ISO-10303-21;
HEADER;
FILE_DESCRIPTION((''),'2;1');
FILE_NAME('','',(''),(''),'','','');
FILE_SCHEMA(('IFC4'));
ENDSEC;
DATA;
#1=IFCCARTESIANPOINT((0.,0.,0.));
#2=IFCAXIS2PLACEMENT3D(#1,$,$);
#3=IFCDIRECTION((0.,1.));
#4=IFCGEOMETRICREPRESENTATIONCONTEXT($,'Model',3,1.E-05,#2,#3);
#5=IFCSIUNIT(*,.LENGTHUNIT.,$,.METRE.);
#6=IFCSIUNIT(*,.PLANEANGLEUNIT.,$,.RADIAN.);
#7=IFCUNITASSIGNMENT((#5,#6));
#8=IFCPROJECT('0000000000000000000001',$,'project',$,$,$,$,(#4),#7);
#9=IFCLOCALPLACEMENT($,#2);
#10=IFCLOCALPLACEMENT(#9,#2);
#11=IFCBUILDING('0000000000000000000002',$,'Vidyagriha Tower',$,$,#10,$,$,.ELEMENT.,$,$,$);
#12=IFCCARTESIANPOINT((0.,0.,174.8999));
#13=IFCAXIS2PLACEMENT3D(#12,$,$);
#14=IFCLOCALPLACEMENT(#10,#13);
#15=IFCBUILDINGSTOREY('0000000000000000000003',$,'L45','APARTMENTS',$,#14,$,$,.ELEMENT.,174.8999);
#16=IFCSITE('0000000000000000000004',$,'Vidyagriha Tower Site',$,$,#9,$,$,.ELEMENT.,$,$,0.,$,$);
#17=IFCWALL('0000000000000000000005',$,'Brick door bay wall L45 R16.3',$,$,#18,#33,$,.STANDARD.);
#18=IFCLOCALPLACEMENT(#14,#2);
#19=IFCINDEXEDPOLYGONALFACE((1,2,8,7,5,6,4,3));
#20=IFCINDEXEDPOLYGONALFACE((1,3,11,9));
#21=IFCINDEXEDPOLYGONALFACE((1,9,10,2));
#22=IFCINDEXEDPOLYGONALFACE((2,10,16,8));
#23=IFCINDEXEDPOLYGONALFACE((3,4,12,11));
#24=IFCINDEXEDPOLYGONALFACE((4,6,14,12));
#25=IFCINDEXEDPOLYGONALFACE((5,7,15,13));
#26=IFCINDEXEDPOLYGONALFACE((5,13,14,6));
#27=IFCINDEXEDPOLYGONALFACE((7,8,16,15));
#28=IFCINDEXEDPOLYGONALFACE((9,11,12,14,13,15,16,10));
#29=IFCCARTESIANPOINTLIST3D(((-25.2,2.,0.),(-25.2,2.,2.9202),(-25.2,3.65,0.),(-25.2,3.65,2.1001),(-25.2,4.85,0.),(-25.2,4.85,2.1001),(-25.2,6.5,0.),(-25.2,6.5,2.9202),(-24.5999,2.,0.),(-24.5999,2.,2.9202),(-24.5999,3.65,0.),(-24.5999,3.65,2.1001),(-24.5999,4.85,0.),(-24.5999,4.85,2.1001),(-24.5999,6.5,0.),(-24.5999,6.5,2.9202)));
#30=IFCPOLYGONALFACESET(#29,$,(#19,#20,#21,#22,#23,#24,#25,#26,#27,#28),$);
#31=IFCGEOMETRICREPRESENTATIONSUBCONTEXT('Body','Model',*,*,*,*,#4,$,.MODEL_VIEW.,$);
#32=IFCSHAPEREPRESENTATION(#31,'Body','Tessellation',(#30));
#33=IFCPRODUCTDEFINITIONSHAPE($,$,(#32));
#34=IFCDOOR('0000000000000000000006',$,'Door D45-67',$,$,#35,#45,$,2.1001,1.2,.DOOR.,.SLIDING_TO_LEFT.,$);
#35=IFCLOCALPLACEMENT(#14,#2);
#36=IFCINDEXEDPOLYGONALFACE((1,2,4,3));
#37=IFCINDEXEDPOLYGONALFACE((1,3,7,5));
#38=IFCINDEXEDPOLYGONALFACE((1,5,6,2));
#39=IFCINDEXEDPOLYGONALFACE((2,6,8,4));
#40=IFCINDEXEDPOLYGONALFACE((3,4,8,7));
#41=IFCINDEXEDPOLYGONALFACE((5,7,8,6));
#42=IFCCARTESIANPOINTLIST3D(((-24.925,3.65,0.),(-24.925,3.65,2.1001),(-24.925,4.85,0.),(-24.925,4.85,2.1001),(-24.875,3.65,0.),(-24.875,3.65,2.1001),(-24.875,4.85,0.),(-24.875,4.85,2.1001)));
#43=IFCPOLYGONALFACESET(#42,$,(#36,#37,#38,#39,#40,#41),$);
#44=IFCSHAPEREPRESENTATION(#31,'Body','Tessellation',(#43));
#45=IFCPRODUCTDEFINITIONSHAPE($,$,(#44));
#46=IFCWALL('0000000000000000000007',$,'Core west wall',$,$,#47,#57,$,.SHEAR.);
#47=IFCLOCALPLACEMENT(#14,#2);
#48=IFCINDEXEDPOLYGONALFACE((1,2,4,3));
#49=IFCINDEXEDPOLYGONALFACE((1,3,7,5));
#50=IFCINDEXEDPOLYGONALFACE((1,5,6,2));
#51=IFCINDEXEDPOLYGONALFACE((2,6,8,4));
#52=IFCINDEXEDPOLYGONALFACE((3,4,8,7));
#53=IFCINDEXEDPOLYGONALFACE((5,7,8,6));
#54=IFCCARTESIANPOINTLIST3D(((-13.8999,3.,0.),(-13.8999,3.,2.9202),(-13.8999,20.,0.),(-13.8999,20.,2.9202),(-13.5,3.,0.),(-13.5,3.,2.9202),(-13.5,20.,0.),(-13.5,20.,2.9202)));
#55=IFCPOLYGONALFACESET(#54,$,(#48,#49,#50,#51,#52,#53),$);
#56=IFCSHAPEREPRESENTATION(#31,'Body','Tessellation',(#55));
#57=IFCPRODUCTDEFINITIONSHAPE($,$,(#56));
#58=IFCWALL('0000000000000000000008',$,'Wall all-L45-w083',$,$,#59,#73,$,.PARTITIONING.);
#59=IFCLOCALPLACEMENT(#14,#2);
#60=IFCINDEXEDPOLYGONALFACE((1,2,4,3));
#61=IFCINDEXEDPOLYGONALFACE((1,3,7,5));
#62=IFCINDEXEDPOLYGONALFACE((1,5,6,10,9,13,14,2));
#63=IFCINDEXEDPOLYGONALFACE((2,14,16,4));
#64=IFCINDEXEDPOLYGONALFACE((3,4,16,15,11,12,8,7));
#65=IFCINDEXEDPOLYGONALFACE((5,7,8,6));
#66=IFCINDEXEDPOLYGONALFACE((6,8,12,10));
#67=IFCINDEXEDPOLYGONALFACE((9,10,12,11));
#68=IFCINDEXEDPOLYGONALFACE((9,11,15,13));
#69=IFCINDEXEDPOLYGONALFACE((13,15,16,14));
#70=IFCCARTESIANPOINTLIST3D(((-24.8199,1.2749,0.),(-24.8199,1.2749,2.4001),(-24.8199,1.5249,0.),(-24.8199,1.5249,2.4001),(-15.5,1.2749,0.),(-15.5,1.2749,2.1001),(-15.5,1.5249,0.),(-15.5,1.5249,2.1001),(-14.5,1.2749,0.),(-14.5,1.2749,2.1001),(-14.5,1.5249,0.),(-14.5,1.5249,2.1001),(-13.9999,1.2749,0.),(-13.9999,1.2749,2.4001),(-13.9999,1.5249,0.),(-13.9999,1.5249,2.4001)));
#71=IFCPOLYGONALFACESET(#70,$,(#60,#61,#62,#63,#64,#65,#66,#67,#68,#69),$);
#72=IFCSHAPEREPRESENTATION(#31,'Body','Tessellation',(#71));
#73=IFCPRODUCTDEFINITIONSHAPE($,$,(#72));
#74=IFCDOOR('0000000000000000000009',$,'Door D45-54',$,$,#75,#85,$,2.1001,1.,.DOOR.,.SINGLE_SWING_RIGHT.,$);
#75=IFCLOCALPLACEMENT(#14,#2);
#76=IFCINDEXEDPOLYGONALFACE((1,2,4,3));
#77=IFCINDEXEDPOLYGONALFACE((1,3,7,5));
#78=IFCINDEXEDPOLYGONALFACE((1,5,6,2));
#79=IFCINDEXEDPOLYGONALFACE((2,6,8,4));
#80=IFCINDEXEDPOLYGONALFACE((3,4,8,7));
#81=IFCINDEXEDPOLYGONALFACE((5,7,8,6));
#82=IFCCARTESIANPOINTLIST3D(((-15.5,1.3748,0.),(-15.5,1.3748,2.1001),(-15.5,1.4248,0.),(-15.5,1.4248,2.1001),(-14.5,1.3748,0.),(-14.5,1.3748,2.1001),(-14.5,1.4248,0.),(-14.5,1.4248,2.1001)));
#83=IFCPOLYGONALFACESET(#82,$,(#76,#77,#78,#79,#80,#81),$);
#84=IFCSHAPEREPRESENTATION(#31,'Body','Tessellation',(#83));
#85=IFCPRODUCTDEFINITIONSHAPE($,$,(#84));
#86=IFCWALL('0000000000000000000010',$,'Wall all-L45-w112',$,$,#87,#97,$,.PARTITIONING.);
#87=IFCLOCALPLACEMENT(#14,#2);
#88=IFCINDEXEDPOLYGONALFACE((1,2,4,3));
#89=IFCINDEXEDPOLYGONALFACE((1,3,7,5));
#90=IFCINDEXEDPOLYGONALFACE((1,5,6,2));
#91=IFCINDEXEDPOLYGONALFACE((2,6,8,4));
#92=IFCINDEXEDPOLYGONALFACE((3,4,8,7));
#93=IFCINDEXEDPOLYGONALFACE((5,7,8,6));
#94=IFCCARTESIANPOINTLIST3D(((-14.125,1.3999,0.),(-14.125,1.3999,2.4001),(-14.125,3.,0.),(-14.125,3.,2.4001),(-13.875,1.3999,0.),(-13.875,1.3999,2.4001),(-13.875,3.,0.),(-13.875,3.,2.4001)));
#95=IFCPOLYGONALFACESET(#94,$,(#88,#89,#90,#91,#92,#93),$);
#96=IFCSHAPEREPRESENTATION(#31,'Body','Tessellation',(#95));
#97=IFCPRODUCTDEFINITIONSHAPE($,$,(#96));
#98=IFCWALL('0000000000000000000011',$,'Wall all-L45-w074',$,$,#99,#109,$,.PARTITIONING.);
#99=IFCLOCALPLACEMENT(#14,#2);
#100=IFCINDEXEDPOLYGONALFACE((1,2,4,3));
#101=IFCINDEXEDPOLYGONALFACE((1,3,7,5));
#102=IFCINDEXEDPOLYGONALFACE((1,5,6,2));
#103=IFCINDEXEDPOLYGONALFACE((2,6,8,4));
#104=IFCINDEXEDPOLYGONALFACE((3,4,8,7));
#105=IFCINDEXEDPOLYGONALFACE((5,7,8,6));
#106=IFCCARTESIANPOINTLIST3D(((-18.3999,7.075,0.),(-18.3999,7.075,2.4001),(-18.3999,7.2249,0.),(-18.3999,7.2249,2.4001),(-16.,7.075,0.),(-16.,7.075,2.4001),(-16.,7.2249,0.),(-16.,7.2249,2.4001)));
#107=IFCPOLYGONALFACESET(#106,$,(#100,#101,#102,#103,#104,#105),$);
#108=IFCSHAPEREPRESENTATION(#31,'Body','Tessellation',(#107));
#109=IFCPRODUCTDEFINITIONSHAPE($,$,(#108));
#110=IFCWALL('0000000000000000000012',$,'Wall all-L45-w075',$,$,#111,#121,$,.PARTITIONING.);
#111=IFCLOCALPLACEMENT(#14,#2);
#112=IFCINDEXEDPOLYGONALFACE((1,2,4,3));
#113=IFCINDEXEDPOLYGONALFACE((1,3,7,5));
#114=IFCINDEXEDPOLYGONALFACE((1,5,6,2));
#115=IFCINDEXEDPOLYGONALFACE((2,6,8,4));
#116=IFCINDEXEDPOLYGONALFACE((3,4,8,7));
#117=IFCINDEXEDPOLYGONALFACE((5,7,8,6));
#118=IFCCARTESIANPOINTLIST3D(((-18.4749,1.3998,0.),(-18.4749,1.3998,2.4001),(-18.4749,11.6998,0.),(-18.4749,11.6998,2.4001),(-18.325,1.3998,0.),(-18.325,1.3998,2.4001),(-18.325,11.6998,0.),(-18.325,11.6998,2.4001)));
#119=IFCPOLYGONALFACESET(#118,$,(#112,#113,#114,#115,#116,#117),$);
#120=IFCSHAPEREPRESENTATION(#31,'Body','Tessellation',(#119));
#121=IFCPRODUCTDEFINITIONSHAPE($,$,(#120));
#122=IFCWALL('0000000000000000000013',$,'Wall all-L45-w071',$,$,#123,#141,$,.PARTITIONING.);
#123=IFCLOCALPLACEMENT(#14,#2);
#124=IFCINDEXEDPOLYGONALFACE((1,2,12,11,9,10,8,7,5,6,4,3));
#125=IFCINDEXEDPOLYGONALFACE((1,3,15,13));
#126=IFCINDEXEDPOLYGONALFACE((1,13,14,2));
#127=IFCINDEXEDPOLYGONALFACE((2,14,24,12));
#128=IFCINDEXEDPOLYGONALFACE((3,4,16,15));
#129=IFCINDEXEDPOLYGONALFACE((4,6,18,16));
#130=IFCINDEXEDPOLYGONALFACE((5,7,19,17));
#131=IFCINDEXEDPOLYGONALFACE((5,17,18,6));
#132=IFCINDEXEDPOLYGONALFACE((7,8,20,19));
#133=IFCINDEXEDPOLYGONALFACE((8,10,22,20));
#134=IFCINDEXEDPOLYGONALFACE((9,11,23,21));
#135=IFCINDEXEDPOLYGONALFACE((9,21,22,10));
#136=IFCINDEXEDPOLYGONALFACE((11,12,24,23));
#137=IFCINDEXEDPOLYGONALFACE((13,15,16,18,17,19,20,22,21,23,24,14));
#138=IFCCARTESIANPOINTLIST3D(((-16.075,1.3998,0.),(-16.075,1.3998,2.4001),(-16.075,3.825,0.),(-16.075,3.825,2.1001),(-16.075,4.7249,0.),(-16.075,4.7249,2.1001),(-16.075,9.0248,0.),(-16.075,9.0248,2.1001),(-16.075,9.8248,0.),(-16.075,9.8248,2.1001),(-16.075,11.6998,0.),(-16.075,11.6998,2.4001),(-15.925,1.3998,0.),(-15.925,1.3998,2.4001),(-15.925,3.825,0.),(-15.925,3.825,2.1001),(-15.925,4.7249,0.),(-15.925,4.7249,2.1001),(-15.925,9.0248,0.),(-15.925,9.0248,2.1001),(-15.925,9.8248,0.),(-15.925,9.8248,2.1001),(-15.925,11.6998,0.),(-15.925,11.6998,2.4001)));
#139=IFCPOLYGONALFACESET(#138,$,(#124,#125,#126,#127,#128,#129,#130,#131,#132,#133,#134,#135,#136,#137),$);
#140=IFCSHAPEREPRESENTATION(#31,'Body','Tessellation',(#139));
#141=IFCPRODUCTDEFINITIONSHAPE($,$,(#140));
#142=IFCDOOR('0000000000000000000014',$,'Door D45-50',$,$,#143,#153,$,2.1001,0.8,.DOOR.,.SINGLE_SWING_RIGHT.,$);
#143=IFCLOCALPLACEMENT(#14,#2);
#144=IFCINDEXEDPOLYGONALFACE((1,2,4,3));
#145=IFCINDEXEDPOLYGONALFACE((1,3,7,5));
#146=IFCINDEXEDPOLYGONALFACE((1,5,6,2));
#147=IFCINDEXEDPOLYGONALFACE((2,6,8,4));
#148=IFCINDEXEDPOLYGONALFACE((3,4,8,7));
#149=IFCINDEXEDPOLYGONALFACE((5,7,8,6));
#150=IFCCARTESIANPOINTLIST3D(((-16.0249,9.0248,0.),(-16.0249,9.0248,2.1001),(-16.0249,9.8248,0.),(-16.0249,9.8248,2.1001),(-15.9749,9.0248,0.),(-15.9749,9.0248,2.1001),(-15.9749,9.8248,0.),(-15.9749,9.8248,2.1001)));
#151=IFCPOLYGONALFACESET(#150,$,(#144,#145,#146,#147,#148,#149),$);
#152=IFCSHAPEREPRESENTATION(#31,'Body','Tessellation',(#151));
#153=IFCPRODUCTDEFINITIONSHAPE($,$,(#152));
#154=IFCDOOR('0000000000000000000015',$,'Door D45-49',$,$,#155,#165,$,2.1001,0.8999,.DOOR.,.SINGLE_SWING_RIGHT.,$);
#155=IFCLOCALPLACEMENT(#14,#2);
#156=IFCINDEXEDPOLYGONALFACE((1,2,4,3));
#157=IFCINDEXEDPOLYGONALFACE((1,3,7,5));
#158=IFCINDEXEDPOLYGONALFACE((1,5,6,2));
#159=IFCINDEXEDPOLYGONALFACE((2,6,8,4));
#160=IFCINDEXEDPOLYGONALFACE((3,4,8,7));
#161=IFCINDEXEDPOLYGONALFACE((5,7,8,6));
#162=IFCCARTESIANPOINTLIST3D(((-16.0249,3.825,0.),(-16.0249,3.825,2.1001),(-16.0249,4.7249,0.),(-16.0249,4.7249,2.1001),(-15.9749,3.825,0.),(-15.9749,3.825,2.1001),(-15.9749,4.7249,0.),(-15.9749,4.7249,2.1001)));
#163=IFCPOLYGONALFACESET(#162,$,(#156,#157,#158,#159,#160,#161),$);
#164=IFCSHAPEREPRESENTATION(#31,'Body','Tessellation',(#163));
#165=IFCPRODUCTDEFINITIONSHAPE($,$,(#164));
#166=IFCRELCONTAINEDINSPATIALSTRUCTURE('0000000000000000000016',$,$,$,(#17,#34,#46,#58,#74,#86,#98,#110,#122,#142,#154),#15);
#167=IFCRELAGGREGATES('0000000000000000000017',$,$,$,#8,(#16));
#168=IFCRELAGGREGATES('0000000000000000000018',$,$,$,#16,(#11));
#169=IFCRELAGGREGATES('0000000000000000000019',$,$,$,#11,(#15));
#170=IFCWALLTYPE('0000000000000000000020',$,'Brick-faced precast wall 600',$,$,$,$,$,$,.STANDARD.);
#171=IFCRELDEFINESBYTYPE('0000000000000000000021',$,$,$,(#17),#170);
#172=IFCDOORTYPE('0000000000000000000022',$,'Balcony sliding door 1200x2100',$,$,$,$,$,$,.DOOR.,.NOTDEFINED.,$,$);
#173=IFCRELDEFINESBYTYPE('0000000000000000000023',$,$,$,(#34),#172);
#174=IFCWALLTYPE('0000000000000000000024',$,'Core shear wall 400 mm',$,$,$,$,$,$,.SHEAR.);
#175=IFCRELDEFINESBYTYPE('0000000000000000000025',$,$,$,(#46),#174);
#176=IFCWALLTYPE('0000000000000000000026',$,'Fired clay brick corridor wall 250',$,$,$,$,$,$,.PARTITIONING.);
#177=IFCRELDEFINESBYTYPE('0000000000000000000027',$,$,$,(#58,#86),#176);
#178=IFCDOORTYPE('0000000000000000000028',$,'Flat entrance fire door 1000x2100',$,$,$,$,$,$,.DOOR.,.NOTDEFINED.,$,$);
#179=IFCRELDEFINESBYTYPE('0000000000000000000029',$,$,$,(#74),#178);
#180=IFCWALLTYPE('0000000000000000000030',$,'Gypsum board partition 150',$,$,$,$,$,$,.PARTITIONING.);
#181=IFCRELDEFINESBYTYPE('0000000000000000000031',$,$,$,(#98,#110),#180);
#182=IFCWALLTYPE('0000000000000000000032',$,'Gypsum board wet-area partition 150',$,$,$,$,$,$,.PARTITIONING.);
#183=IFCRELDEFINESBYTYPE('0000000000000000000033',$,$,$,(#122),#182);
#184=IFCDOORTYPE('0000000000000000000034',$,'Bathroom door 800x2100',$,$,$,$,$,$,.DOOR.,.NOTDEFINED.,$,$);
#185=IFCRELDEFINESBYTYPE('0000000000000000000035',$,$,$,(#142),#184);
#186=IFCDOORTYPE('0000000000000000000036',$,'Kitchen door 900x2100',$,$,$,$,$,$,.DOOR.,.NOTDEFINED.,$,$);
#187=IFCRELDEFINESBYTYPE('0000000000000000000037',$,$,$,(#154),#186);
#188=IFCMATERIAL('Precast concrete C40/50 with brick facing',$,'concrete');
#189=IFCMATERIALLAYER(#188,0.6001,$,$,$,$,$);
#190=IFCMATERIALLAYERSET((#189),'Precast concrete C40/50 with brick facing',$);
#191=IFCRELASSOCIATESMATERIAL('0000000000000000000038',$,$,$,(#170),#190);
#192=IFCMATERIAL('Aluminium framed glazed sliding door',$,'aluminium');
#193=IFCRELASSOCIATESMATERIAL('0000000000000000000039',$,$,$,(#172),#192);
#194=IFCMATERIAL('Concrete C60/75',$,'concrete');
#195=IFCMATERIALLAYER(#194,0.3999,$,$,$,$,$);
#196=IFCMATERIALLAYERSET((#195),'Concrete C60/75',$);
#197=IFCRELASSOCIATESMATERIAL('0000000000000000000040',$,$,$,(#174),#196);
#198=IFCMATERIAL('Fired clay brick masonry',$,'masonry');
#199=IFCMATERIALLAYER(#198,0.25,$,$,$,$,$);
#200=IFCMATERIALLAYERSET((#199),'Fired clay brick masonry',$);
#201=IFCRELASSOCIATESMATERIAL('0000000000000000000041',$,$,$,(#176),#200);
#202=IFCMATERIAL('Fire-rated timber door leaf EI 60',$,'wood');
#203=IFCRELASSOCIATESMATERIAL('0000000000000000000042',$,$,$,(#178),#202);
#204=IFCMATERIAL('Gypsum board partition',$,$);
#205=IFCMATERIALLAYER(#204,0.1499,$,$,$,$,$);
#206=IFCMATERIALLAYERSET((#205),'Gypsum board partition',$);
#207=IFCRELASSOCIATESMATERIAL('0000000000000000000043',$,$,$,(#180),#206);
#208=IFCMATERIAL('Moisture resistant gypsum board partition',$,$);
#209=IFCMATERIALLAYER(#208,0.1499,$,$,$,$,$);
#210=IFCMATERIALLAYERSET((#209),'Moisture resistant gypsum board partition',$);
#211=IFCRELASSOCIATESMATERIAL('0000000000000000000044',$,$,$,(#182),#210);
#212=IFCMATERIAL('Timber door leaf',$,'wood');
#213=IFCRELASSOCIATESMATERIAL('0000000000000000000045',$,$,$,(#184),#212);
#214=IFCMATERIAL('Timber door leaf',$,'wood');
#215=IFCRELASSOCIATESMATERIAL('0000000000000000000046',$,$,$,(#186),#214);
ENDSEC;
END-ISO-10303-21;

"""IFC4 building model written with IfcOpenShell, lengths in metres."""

from ifc_helpers import new_model, si_unit, direction, frame, frame_2d, origin, place, context, subcontext, project, spatial, rectangle, extrude, material, layer, layer_set, type_object, element, fill, save


model = new_model("IFC4")

# Units and contexts
model_context = context("Model", 3, precision=1e-05, world=origin(), true_north=direction((0.0, 1.0)))
body_context = subcontext(model_context, "Body", "Model", "MODEL_VIEW")
ifc_project = project(units=[si_unit("LENGTHUNIT", "METRE"), si_unit("PLANEANGLEUNIT", "RADIAN")], contexts=[model_context])

# Site, building, storey
site_placement = place(None, origin())
site = spatial("IfcSite", under=ifc_project, at=site_placement, Name="Vidyagriha Tower Site", CompositionType="ELEMENT", RefElevation=0.0)
building_placement = place(site_placement, origin())
building = spatial("IfcBuilding", under=site, at=building_placement, Name="Vidyagriha Tower", CompositionType="ELEMENT")
storey_placement = place(building_placement, frame((0.0, 0.0, 174.8999)))
storey = spatial("IfcBuildingStorey", under=building, at=storey_placement, Name="L45", Description="APARTMENTS", CompositionType="ELEMENT", Elevation=174.8999)

# Wall, opening, door
ifc_material_1 = material(Name="Precast concrete C40/50 with brick facing", Category="concrete")
ifc_layer_1 = layer(ifc_material_1, 0.6001)
ifc_layer_set_1 = layer_set([ifc_layer_1], Name="Precast concrete C40/50 with brick facing")
wall_type_1 = type_object("IfcWallType", Name="Brick-faced precast wall 600", PredefinedType="STANDARD", material=ifc_layer_set_1)
wall_1_placement = place(storey_placement, frame((-24.8999, 6.5, 0.0), z_axis=(0.0, 0.0, 1.0), x_axis=(0.0, -1.0, 0.0)))
wall_1 = element("IfcWall", 1, at=wall_1_placement, inside=storey, type_object=wall_type_1, Name="Brick door bay wall L45 R16.3", PredefinedType="STANDARD", context=body_context, shape_type="SweptSolid", body=[
    extrude(rectangle(XDim=4.5, YDim=0.6001, at=frame_2d((2.25, 0.0))), origin(), (0.0, 0.0, 1.0), 2.9202),
])
opening_1_placement = place(wall_1_placement, frame((1.6499, 0.0, 0.0)))
opening_1 = element("IfcOpeningElement", 2, at=opening_1_placement, cuts=wall_1, PredefinedType="OPENING", context=body_context, shape_type="SweptSolid", body=[
    extrude(rectangle(XDim=1.2, YDim=2.1001, at=frame_2d((0.6001, 1.05))), frame((0.0, 0.3101, 0.0), z_axis=(0.0, -1.0, 0.0), x_axis=(1.0, 0.0, 0.0)), (0.0, 0.0, 1.0), 0.6201),
])
ifc_material_2 = material(Name="Aluminium framed glazed sliding door", Category="aluminium")
door_type_1 = type_object("IfcDoorType", Name="Balcony sliding door 1200x2100", OperationType="NOTDEFINED", PredefinedType="DOOR", material=ifc_material_2)
door_1_placement = place(opening_1_placement, origin())
door_1 = element("IfcDoor", 3, at=door_1_placement, inside=storey, type_object=door_type_1, Name="Door D45-67", OperationType="SLIDING_TO_LEFT", OverallHeight=2.1001, OverallWidth=1.2, PredefinedType="DOOR", context=body_context, shape_type="SweptSolid", body=[
    extrude(rectangle(XDim=1.2, YDim=2.1001, at=frame_2d((0.6001, 1.05))), frame((0.0, 0.0249, 0.0), z_axis=(0.0, -1.0, 0.0), x_axis=(1.0, 0.0, 0.0)), (0.0, 0.0, 1.0), 0.05),
])
fill(opening_1, door_1)

# Wall
ifc_material_3 = material(Name="Concrete C60/75", Category="concrete")
ifc_layer_2 = layer(ifc_material_3, 0.3999)
ifc_layer_set_2 = layer_set([ifc_layer_2], Name="Concrete C60/75")
wall_type_2 = type_object("IfcWallType", Name="Core shear wall 400 mm", PredefinedType="SHEAR", material=ifc_layer_set_2)
wall_2_placement = place(storey_placement, frame((-13.7, 3.0, 0.0), z_axis=(0.0, 0.0, 1.0), x_axis=(0.0, 1.0, 0.0)))
element("IfcWall", 4, at=wall_2_placement, inside=storey, type_object=wall_type_2, Name="Core west wall", PredefinedType="SHEAR", context=body_context, shape_type="SweptSolid", body=[
    extrude(rectangle(XDim=17.0, YDim=0.3999, at=frame_2d((8.5, 0.0))), origin(), (0.0, 0.0, 1.0), 2.9202),
])

# Wall, opening, door
ifc_material_4 = material(Name="Fired clay brick masonry", Category="masonry")
ifc_layer_3 = layer(ifc_material_4, 0.25)
ifc_layer_set_3 = layer_set([ifc_layer_3], Name="Fired clay brick masonry")
wall_type_3 = type_object("IfcWallType", Name="Fired clay brick corridor wall 250", PredefinedType="PARTITIONING", material=ifc_layer_set_3)
wall_3_placement = place(storey_placement, frame((-24.8201, 1.3999, 0.0)))
wall_3 = element("IfcWall", 5, at=wall_3_placement, inside=storey, type_object=wall_type_3, Name="Wall all-L45-w083", PredefinedType="PARTITIONING", context=body_context, shape_type="SweptSolid", body=[
    extrude(rectangle(XDim=10.8201, YDim=0.25, at=frame_2d((5.4102, 0.0))), origin(), (0.0, 0.0, 1.0), 2.4001),
])
opening_2_placement = place(wall_3_placement, frame((9.3201, 0.0, 0.0)))
opening_2 = element("IfcOpeningElement", 6, at=opening_2_placement, cuts=wall_3, PredefinedType="OPENING", context=body_context, shape_type="SweptSolid", body=[
    extrude(rectangle(XDim=1.0, YDim=2.1001, at=frame_2d((0.5, 1.05))), frame((0.0, 0.135, 0.0), z_axis=(0.0, -1.0, 0.0), x_axis=(1.0, 0.0, 0.0)), (0.0, 0.0, 1.0), 0.27),
])
ifc_material_5 = material(Name="Fire-rated timber door leaf EI 60", Category="wood")
door_type_2 = type_object("IfcDoorType", Name="Flat entrance fire door 1000x2100", OperationType="NOTDEFINED", PredefinedType="DOOR", material=ifc_material_5)
door_2_placement = place(opening_2_placement, origin())
door_2 = element("IfcDoor", 7, at=door_2_placement, inside=storey, type_object=door_type_2, Name="Door D45-54", OperationType="SINGLE_SWING_RIGHT", OverallHeight=2.1001, OverallWidth=1.0, PredefinedType="DOOR", context=body_context, shape_type="SweptSolid", body=[
    extrude(rectangle(XDim=1.0, YDim=2.1001, at=frame_2d((0.5, 1.05))), frame((0.0, 0.0249, 0.0), z_axis=(0.0, -1.0, 0.0), x_axis=(1.0, 0.0, 0.0)), (0.0, 0.0, 1.0), 0.05),
])
fill(opening_2, door_2)

# Walls
wall_4_placement = place(storey_placement, frame((-14.0, 3.0, 0.0), z_axis=(0.0, 0.0, 1.0), x_axis=(0.0, -1.0, 0.0)))
element("IfcWall", 8, at=wall_4_placement, inside=storey, type_object=wall_type_3, Name="Wall all-L45-w112", PredefinedType="PARTITIONING", context=body_context, shape_type="SweptSolid", body=[
    extrude(rectangle(XDim=1.6001, YDim=0.25, at=frame_2d((0.8, 0.0))), origin(), (0.0, 0.0, 1.0), 2.4001),
])
ifc_material_6 = material(Name="Gypsum board partition")
ifc_layer_4 = layer(ifc_material_6, 0.1499)
ifc_layer_set_4 = layer_set([ifc_layer_4], Name="Gypsum board partition")
wall_type_4 = type_object("IfcWallType", Name="Gypsum board partition 150", PredefinedType="PARTITIONING", material=ifc_layer_set_4)
wall_5_placement = place(storey_placement, frame((-18.3999, 7.1499, 0.0)))
element("IfcWall", 9, at=wall_5_placement, inside=storey, type_object=wall_type_4, Name="Wall all-L45-w074", PredefinedType="PARTITIONING", context=body_context, shape_type="SweptSolid", body=[
    extrude(rectangle(XDim=2.3999, YDim=0.1499, at=frame_2d((1.2, 0.0))), origin(), (0.0, 0.0, 1.0), 2.4001),
])
wall_6_placement = place(storey_placement, frame((-18.3999, 1.3999, 0.0), z_axis=(0.0, 0.0, 1.0), x_axis=(0.0, 1.0, 0.0)))
element("IfcWall", 10, at=wall_6_placement, inside=storey, type_object=wall_type_4, Name="Wall all-L45-w075", PredefinedType="PARTITIONING", context=body_context, shape_type="SweptSolid", body=[
    extrude(rectangle(XDim=10.3, YDim=0.1499, at=frame_2d((5.1499, 0.0))), origin(), (0.0, 0.0, 1.0), 2.4001),
])

# Wall, openings, doors
ifc_material_7 = material(Name="Moisture resistant gypsum board partition")
ifc_layer_5 = layer(ifc_material_7, 0.1499)
ifc_layer_set_5 = layer_set([ifc_layer_5], Name="Moisture resistant gypsum board partition")
wall_type_5 = type_object("IfcWallType", Name="Gypsum board wet-area partition 150", PredefinedType="PARTITIONING", material=ifc_layer_set_5)
wall_7_placement = place(storey_placement, frame((-16.0, 1.3999, 0.0), z_axis=(0.0, 0.0, 1.0), x_axis=(0.0, 1.0, 0.0)))
wall_7 = element("IfcWall", 11, at=wall_7_placement, inside=storey, type_object=wall_type_5, Name="Wall all-L45-w071", PredefinedType="PARTITIONING", context=body_context, shape_type="SweptSolid", body=[
    extrude(rectangle(XDim=10.3, YDim=0.1499, at=frame_2d((5.1499, 0.0))), origin(), (0.0, 0.0, 1.0), 2.4001),
])
opening_3_placement = place(wall_7_placement, frame((2.425, 0.0, 0.0)))
opening_3 = element("IfcOpeningElement", 12, at=opening_3_placement, cuts=wall_7, PredefinedType="OPENING", context=body_context, shape_type="SweptSolid", body=[
    extrude(rectangle(XDim=0.8999, YDim=2.1001, at=frame_2d((0.45, 1.05))), frame((0.0, 0.085, 0.0), z_axis=(0.0, -1.0, 0.0), x_axis=(1.0, 0.0, 0.0)), (0.0, 0.0, 1.0), 0.1699),
])
opening_4_placement = place(wall_7_placement, frame((7.625, 0.0, 0.0)))
opening_4 = element("IfcOpeningElement", 13, at=opening_4_placement, cuts=wall_7, PredefinedType="OPENING", context=body_context, shape_type="SweptSolid", body=[
    extrude(rectangle(XDim=0.8, YDim=2.1001, at=frame_2d((0.3999, 1.05))), frame((0.0, 0.085, 0.0), z_axis=(0.0, -1.0, 0.0), x_axis=(1.0, 0.0, 0.0)), (0.0, 0.0, 1.0), 0.1699),
])
ifc_material_8 = material(Name="Timber door leaf", Category="wood")
door_type_3 = type_object("IfcDoorType", Name="Bathroom door 800x2100", OperationType="NOTDEFINED", PredefinedType="DOOR", material=ifc_material_8)
door_3_placement = place(opening_4_placement, origin())
door_3 = element("IfcDoor", 14, at=door_3_placement, inside=storey, type_object=door_type_3, Name="Door D45-50", OperationType="SINGLE_SWING_RIGHT", OverallHeight=2.1001, OverallWidth=0.8, PredefinedType="DOOR", context=body_context, shape_type="SweptSolid", body=[
    extrude(rectangle(XDim=0.8, YDim=2.1001, at=frame_2d((0.3999, 1.05))), frame((0.0, 0.0249, 0.0), z_axis=(0.0, -1.0, 0.0), x_axis=(1.0, 0.0, 0.0)), (0.0, 0.0, 1.0), 0.05),
])
fill(opening_4, door_3)
ifc_material_9 = material(Name="Timber door leaf", Category="wood")
door_type_4 = type_object("IfcDoorType", Name="Kitchen door 900x2100", OperationType="NOTDEFINED", PredefinedType="DOOR", material=ifc_material_9)
door_4_placement = place(opening_3_placement, origin())
door_4 = element("IfcDoor", 15, at=door_4_placement, inside=storey, type_object=door_type_4, Name="Door D45-49", OperationType="SINGLE_SWING_RIGHT", OverallHeight=2.1001, OverallWidth=0.8999, PredefinedType="DOOR", context=body_context, shape_type="SweptSolid", body=[
    extrude(rectangle(XDim=0.8999, YDim=2.1001, at=frame_2d((0.45, 1.05))), frame((0.0, 0.0249, 0.0), z_axis=(0.0, -1.0, 0.0), x_axis=(1.0, 0.0, 0.0)), (0.0, 0.0, 1.0), 0.05),
])
fill(opening_3, door_4)

save(model, "model.ifc")
